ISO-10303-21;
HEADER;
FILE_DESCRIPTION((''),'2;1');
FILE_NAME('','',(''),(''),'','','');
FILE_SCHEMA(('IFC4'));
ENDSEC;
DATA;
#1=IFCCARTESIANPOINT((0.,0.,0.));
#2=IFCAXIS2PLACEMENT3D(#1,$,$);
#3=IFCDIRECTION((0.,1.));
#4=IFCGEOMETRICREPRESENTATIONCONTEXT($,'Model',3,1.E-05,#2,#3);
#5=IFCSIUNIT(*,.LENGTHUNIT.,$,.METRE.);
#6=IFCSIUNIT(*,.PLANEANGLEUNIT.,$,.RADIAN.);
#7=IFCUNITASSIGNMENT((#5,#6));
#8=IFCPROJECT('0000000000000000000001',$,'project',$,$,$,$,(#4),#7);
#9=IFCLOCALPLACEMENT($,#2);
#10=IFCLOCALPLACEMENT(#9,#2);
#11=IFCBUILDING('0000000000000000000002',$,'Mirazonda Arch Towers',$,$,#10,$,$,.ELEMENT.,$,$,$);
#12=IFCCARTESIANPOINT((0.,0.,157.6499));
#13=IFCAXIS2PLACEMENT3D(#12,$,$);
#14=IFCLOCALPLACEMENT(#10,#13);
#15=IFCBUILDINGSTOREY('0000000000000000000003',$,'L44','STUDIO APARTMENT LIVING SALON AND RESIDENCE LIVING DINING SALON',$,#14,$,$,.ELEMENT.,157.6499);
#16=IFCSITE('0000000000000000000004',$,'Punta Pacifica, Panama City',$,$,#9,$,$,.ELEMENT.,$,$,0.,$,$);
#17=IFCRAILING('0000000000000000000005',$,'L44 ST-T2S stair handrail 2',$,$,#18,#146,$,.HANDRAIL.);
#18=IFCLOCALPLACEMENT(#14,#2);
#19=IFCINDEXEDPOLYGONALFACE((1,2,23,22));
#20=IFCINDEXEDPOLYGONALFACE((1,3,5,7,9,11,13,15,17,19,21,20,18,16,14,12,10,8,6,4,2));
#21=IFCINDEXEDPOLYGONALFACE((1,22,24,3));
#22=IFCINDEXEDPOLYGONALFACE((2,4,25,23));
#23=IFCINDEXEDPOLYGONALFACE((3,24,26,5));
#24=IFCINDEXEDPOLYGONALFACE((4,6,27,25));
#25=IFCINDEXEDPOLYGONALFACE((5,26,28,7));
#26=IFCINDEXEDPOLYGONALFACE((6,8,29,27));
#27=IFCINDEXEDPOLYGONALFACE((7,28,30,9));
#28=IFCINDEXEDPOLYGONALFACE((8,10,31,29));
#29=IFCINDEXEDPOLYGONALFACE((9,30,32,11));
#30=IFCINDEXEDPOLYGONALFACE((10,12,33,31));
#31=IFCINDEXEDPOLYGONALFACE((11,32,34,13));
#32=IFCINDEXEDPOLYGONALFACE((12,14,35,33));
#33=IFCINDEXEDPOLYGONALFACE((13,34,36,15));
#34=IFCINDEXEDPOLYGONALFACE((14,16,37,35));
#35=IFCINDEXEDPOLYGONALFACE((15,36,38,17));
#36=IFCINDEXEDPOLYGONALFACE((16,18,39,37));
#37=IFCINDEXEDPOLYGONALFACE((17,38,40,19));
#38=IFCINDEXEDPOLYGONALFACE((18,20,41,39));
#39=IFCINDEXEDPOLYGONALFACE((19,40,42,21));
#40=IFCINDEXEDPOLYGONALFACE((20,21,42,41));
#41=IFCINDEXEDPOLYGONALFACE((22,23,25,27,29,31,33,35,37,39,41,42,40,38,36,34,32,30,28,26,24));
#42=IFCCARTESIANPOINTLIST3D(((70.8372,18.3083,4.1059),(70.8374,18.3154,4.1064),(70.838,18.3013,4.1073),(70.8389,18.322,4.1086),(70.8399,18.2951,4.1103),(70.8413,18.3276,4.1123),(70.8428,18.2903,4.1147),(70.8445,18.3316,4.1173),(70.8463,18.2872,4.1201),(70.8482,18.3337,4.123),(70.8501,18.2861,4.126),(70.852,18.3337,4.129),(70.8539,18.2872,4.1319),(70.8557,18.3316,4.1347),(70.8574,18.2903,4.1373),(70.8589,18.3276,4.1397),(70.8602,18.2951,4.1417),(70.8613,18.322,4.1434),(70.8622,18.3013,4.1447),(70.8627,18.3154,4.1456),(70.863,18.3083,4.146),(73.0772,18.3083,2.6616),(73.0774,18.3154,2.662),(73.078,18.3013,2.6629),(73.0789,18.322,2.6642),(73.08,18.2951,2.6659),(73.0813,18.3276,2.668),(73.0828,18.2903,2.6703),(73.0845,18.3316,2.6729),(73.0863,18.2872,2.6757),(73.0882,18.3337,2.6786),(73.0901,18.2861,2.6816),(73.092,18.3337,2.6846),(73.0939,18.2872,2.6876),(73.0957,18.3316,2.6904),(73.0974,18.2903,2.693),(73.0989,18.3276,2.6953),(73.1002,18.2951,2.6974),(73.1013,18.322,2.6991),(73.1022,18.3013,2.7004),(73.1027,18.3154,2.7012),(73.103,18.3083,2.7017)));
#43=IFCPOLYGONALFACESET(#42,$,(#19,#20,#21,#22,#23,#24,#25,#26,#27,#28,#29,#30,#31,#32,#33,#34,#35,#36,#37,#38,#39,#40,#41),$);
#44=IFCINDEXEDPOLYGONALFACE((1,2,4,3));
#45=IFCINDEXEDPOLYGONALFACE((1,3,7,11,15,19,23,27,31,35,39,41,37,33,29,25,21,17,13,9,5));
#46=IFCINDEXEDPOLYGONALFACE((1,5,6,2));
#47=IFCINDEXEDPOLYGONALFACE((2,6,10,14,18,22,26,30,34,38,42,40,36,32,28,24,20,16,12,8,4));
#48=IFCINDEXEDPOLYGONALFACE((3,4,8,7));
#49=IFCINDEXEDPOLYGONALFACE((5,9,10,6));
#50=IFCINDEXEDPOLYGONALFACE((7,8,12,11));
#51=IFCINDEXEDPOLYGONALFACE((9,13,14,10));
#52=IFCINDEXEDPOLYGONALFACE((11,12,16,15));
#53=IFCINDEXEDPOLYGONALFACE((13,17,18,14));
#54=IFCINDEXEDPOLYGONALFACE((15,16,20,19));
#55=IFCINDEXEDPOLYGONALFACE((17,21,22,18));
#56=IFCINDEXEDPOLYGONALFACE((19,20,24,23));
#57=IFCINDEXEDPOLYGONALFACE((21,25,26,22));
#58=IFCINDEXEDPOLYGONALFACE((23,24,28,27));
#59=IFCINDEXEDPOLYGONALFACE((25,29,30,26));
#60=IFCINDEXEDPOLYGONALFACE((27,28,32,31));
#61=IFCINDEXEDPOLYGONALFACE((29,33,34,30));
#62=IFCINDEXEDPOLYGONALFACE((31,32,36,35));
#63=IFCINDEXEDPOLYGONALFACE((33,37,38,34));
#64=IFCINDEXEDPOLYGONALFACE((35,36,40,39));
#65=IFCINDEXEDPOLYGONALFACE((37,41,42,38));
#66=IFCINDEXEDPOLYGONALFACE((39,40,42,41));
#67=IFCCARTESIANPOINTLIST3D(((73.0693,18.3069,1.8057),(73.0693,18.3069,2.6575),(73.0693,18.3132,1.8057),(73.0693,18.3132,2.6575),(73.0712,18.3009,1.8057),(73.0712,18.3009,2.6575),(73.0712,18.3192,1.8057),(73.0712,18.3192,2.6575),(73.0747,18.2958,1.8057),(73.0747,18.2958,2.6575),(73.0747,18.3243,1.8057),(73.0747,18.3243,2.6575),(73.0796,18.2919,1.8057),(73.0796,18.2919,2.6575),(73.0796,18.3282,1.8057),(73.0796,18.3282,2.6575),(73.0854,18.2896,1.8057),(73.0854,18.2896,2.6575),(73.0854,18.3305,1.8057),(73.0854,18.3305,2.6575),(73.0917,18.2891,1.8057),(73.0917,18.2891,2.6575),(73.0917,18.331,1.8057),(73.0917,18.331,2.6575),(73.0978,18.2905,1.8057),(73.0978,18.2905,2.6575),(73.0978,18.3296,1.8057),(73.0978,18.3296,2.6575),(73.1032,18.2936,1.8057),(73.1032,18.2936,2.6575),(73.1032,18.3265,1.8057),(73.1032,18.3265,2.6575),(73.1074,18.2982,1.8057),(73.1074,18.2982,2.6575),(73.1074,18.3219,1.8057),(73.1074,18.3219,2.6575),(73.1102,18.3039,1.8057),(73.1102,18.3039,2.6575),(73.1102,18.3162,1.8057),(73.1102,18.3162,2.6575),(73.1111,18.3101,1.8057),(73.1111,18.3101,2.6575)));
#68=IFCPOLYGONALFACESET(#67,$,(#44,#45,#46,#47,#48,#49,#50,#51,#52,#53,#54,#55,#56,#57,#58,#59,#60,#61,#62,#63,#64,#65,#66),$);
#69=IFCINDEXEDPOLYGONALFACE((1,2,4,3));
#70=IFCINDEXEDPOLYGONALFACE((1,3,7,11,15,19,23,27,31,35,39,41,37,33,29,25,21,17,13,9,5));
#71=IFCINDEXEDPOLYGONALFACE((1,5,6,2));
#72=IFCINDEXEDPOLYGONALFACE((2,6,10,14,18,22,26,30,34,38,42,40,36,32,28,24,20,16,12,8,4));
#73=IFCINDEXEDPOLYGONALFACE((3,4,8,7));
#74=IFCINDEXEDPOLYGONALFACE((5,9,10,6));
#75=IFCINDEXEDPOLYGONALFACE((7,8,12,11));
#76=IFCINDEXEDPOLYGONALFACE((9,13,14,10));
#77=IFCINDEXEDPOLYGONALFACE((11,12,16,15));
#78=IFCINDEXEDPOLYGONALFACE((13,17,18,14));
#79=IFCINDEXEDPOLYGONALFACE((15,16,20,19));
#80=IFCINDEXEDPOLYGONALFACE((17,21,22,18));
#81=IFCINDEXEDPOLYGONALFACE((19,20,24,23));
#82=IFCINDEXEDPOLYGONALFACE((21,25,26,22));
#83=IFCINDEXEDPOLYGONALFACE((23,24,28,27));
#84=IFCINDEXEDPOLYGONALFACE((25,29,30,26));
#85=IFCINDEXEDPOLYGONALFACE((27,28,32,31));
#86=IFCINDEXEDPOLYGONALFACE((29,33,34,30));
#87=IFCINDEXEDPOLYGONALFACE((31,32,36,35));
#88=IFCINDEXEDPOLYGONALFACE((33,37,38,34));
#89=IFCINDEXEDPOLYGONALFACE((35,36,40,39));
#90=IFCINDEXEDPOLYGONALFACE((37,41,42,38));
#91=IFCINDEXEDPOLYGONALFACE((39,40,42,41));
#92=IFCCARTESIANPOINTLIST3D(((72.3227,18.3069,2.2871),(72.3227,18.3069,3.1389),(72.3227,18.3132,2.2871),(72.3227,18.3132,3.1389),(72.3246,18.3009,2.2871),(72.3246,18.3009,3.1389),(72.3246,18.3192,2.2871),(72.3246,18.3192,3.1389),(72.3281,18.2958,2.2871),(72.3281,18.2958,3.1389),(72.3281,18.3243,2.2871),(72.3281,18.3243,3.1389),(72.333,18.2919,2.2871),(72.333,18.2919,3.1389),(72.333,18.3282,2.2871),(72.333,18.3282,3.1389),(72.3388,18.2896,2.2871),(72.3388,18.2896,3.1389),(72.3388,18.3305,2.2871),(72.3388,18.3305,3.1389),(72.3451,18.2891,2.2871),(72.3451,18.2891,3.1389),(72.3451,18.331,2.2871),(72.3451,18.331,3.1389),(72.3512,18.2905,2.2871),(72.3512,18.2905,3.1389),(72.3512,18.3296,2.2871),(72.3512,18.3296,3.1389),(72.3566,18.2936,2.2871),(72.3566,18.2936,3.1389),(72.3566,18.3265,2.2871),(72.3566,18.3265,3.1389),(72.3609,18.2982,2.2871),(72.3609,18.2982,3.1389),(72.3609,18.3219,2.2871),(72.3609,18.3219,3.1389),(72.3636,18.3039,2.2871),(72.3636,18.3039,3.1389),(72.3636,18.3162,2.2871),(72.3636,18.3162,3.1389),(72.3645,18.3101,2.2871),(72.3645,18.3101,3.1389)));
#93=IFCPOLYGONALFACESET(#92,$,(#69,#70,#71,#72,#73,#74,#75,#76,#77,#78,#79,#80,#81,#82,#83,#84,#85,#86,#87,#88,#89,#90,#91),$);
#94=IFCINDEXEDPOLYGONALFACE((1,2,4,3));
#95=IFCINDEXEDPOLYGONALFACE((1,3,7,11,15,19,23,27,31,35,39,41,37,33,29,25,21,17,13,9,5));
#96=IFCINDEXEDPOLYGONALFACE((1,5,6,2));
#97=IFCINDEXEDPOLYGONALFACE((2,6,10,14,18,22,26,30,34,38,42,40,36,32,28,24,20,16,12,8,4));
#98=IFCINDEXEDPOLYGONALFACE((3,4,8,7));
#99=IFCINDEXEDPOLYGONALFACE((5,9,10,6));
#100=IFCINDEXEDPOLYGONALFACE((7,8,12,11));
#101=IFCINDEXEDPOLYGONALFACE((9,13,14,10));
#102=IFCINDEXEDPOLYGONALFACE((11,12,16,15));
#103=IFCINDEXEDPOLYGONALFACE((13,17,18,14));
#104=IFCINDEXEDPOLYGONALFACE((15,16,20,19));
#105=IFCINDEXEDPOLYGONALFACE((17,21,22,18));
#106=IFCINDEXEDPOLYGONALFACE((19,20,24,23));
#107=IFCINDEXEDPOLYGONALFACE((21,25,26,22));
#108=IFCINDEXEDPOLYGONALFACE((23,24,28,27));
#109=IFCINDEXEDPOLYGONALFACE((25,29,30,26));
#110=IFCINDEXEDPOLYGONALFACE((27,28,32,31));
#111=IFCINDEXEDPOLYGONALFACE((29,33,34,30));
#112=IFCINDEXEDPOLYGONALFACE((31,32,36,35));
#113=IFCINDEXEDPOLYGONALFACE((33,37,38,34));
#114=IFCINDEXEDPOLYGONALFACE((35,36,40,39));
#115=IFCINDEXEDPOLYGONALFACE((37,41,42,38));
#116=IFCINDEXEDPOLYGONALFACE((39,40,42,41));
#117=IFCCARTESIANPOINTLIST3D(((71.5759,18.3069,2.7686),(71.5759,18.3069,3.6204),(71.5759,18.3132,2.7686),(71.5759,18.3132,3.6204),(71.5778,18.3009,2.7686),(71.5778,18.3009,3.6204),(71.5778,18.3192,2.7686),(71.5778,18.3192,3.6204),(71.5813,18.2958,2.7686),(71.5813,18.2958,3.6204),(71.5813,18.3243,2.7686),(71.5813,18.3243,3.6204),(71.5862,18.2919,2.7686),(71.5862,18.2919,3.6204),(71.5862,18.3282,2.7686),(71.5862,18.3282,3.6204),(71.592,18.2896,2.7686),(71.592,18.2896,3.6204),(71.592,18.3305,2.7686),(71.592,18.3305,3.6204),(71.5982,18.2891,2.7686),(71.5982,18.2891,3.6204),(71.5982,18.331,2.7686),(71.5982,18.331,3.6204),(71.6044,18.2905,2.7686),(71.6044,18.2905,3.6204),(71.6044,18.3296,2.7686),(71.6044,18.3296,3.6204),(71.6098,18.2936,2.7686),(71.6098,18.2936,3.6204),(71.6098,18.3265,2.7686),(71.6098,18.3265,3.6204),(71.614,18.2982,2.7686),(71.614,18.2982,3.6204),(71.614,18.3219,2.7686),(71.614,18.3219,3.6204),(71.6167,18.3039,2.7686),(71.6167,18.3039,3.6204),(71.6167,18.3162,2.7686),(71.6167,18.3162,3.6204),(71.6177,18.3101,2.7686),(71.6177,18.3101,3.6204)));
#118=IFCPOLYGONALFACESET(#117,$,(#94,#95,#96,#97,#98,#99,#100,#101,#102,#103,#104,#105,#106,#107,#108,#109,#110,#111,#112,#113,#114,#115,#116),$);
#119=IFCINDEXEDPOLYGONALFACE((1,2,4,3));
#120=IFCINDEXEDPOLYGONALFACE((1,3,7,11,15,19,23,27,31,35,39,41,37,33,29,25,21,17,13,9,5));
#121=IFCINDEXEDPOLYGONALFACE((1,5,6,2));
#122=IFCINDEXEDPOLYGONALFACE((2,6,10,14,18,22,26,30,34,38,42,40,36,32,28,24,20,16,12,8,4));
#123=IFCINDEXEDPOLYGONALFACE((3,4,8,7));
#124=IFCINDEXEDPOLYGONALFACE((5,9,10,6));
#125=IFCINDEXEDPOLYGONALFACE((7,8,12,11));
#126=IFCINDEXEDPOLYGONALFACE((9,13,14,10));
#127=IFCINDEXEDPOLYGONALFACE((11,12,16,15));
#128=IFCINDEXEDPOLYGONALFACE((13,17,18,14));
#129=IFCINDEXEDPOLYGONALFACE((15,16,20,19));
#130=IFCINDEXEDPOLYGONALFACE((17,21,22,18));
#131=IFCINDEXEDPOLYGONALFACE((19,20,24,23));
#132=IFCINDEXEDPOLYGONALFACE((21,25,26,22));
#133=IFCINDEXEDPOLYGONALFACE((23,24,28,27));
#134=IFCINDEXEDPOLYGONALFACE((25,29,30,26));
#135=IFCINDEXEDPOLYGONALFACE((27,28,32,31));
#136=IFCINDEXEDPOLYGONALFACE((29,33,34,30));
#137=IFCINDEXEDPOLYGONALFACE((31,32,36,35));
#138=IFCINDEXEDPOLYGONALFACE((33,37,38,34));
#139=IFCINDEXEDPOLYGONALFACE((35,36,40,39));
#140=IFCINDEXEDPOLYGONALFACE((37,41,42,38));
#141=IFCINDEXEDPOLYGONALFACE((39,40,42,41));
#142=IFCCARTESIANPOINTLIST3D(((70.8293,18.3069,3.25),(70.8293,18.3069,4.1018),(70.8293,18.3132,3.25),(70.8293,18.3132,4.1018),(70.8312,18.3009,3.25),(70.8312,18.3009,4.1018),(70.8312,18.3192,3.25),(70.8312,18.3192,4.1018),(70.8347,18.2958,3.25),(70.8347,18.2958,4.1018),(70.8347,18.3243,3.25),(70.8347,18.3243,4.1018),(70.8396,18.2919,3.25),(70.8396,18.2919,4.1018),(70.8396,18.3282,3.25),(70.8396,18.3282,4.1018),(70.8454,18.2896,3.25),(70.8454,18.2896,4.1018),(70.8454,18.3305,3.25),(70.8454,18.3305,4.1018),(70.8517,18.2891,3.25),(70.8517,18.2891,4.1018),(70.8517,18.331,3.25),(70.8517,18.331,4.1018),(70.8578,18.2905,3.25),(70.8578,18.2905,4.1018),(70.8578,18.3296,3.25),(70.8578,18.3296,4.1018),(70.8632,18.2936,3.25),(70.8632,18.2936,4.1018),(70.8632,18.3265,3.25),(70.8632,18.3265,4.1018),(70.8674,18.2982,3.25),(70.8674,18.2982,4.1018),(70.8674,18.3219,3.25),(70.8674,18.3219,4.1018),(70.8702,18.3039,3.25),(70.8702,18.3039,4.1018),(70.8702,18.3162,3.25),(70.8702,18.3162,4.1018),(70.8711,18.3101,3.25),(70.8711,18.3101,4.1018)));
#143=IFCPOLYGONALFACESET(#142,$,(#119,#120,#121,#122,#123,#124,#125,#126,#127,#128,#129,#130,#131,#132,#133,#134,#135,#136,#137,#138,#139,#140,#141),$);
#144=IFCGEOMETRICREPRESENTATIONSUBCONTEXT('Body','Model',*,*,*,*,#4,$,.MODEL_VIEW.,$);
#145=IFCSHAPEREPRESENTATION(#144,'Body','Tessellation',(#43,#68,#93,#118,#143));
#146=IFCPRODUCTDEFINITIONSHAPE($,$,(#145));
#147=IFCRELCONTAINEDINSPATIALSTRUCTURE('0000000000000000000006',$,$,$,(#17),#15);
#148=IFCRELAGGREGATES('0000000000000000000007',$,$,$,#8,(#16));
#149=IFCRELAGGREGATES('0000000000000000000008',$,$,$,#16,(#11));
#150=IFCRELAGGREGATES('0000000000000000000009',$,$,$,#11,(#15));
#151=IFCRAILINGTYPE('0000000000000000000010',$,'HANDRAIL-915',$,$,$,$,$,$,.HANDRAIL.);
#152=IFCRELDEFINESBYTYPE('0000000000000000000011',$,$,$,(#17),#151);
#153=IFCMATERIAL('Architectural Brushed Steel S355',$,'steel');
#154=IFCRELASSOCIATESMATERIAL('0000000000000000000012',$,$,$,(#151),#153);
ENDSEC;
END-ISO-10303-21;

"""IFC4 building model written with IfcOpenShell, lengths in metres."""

from ifc_helpers import new_model, si_unit, direction, frame, origin, origin_2d, place, context, subcontext, project, spatial, circle, extrude, material, type_object, element, save


model = new_model("IFC4")

# Units and contexts
model_context = context("Model", 3, precision=1e-05, world=origin(), true_north=direction((0.0, 1.0)))
body_context = subcontext(model_context, "Body", "Model", "MODEL_VIEW")
ifc_project = project(units=[si_unit("LENGTHUNIT", "METRE"), si_unit("PLANEANGLEUNIT", "RADIAN")], contexts=[model_context])

# Site, building, storey
site_placement = place(None, origin())
site = spatial("IfcSite", under=ifc_project, at=site_placement, Name="Punta Pacifica, Panama City", CompositionType="ELEMENT", RefElevation=0.0)
building_placement = place(site_placement, origin())
building = spatial("IfcBuilding", under=site, at=building_placement, Name="Mirazonda Arch Towers", CompositionType="ELEMENT")
storey_placement = place(building_placement, frame((0.0, 0.0, 157.6499)))
storey = spatial("IfcBuildingStorey", under=building, at=storey_placement, Name="L44", Description="STUDIO APARTMENT LIVING SALON AND RESIDENCE LIVING DINING SALON", CompositionType="ELEMENT", Elevation=157.6499)

# Railing
ifc_material_1 = material(Name="Architectural Brushed Steel S355", Category="steel")
railing_type_1 = type_object("IfcRailingType", Name="HANDRAIL-915", PredefinedType="HANDRAIL", material=ifc_material_1)
railing_1_placement = place(storey_placement, frame((73.0901, 18.3101, 1.8057)))
element("IfcRailing", 1, at=railing_1_placement, inside=storey, type_object=railing_type_1, Name="L44 ST-T2S stair handrail 2", PredefinedType="HANDRAIL", context=body_context, shape_type="SweptSolid", body=[
    extrude(circle(Radius=0.0239, at=origin_2d()), frame((0.0, 0.0, 0.876), z_axis=(-0.840437, 0.0, 0.54191), x_axis=(0.0, -1.0, 0.0)), (0.0, 0.0, 1.0), 2.6653),
    extrude(circle(Radius=0.021, at=origin_2d()), origin(), (0.0, 0.0, 1.0), 0.8518),
    extrude(circle(Radius=0.021, at=origin_2d()), frame((-0.7466, 0.0, 0.4814)), (0.0, 0.0, 1.0), 0.8518),
    extrude(circle(Radius=0.021, at=origin_2d()), frame((-1.4934, 0.0, 0.9629)), (0.0, 0.0, 1.0), 0.8518),
    extrude(circle(Radius=0.021, at=origin_2d()), frame((-2.24, 0.0, 1.4443)), (0.0, 0.0, 1.0), 0.8518),
])

save(model, "model.ifc")
